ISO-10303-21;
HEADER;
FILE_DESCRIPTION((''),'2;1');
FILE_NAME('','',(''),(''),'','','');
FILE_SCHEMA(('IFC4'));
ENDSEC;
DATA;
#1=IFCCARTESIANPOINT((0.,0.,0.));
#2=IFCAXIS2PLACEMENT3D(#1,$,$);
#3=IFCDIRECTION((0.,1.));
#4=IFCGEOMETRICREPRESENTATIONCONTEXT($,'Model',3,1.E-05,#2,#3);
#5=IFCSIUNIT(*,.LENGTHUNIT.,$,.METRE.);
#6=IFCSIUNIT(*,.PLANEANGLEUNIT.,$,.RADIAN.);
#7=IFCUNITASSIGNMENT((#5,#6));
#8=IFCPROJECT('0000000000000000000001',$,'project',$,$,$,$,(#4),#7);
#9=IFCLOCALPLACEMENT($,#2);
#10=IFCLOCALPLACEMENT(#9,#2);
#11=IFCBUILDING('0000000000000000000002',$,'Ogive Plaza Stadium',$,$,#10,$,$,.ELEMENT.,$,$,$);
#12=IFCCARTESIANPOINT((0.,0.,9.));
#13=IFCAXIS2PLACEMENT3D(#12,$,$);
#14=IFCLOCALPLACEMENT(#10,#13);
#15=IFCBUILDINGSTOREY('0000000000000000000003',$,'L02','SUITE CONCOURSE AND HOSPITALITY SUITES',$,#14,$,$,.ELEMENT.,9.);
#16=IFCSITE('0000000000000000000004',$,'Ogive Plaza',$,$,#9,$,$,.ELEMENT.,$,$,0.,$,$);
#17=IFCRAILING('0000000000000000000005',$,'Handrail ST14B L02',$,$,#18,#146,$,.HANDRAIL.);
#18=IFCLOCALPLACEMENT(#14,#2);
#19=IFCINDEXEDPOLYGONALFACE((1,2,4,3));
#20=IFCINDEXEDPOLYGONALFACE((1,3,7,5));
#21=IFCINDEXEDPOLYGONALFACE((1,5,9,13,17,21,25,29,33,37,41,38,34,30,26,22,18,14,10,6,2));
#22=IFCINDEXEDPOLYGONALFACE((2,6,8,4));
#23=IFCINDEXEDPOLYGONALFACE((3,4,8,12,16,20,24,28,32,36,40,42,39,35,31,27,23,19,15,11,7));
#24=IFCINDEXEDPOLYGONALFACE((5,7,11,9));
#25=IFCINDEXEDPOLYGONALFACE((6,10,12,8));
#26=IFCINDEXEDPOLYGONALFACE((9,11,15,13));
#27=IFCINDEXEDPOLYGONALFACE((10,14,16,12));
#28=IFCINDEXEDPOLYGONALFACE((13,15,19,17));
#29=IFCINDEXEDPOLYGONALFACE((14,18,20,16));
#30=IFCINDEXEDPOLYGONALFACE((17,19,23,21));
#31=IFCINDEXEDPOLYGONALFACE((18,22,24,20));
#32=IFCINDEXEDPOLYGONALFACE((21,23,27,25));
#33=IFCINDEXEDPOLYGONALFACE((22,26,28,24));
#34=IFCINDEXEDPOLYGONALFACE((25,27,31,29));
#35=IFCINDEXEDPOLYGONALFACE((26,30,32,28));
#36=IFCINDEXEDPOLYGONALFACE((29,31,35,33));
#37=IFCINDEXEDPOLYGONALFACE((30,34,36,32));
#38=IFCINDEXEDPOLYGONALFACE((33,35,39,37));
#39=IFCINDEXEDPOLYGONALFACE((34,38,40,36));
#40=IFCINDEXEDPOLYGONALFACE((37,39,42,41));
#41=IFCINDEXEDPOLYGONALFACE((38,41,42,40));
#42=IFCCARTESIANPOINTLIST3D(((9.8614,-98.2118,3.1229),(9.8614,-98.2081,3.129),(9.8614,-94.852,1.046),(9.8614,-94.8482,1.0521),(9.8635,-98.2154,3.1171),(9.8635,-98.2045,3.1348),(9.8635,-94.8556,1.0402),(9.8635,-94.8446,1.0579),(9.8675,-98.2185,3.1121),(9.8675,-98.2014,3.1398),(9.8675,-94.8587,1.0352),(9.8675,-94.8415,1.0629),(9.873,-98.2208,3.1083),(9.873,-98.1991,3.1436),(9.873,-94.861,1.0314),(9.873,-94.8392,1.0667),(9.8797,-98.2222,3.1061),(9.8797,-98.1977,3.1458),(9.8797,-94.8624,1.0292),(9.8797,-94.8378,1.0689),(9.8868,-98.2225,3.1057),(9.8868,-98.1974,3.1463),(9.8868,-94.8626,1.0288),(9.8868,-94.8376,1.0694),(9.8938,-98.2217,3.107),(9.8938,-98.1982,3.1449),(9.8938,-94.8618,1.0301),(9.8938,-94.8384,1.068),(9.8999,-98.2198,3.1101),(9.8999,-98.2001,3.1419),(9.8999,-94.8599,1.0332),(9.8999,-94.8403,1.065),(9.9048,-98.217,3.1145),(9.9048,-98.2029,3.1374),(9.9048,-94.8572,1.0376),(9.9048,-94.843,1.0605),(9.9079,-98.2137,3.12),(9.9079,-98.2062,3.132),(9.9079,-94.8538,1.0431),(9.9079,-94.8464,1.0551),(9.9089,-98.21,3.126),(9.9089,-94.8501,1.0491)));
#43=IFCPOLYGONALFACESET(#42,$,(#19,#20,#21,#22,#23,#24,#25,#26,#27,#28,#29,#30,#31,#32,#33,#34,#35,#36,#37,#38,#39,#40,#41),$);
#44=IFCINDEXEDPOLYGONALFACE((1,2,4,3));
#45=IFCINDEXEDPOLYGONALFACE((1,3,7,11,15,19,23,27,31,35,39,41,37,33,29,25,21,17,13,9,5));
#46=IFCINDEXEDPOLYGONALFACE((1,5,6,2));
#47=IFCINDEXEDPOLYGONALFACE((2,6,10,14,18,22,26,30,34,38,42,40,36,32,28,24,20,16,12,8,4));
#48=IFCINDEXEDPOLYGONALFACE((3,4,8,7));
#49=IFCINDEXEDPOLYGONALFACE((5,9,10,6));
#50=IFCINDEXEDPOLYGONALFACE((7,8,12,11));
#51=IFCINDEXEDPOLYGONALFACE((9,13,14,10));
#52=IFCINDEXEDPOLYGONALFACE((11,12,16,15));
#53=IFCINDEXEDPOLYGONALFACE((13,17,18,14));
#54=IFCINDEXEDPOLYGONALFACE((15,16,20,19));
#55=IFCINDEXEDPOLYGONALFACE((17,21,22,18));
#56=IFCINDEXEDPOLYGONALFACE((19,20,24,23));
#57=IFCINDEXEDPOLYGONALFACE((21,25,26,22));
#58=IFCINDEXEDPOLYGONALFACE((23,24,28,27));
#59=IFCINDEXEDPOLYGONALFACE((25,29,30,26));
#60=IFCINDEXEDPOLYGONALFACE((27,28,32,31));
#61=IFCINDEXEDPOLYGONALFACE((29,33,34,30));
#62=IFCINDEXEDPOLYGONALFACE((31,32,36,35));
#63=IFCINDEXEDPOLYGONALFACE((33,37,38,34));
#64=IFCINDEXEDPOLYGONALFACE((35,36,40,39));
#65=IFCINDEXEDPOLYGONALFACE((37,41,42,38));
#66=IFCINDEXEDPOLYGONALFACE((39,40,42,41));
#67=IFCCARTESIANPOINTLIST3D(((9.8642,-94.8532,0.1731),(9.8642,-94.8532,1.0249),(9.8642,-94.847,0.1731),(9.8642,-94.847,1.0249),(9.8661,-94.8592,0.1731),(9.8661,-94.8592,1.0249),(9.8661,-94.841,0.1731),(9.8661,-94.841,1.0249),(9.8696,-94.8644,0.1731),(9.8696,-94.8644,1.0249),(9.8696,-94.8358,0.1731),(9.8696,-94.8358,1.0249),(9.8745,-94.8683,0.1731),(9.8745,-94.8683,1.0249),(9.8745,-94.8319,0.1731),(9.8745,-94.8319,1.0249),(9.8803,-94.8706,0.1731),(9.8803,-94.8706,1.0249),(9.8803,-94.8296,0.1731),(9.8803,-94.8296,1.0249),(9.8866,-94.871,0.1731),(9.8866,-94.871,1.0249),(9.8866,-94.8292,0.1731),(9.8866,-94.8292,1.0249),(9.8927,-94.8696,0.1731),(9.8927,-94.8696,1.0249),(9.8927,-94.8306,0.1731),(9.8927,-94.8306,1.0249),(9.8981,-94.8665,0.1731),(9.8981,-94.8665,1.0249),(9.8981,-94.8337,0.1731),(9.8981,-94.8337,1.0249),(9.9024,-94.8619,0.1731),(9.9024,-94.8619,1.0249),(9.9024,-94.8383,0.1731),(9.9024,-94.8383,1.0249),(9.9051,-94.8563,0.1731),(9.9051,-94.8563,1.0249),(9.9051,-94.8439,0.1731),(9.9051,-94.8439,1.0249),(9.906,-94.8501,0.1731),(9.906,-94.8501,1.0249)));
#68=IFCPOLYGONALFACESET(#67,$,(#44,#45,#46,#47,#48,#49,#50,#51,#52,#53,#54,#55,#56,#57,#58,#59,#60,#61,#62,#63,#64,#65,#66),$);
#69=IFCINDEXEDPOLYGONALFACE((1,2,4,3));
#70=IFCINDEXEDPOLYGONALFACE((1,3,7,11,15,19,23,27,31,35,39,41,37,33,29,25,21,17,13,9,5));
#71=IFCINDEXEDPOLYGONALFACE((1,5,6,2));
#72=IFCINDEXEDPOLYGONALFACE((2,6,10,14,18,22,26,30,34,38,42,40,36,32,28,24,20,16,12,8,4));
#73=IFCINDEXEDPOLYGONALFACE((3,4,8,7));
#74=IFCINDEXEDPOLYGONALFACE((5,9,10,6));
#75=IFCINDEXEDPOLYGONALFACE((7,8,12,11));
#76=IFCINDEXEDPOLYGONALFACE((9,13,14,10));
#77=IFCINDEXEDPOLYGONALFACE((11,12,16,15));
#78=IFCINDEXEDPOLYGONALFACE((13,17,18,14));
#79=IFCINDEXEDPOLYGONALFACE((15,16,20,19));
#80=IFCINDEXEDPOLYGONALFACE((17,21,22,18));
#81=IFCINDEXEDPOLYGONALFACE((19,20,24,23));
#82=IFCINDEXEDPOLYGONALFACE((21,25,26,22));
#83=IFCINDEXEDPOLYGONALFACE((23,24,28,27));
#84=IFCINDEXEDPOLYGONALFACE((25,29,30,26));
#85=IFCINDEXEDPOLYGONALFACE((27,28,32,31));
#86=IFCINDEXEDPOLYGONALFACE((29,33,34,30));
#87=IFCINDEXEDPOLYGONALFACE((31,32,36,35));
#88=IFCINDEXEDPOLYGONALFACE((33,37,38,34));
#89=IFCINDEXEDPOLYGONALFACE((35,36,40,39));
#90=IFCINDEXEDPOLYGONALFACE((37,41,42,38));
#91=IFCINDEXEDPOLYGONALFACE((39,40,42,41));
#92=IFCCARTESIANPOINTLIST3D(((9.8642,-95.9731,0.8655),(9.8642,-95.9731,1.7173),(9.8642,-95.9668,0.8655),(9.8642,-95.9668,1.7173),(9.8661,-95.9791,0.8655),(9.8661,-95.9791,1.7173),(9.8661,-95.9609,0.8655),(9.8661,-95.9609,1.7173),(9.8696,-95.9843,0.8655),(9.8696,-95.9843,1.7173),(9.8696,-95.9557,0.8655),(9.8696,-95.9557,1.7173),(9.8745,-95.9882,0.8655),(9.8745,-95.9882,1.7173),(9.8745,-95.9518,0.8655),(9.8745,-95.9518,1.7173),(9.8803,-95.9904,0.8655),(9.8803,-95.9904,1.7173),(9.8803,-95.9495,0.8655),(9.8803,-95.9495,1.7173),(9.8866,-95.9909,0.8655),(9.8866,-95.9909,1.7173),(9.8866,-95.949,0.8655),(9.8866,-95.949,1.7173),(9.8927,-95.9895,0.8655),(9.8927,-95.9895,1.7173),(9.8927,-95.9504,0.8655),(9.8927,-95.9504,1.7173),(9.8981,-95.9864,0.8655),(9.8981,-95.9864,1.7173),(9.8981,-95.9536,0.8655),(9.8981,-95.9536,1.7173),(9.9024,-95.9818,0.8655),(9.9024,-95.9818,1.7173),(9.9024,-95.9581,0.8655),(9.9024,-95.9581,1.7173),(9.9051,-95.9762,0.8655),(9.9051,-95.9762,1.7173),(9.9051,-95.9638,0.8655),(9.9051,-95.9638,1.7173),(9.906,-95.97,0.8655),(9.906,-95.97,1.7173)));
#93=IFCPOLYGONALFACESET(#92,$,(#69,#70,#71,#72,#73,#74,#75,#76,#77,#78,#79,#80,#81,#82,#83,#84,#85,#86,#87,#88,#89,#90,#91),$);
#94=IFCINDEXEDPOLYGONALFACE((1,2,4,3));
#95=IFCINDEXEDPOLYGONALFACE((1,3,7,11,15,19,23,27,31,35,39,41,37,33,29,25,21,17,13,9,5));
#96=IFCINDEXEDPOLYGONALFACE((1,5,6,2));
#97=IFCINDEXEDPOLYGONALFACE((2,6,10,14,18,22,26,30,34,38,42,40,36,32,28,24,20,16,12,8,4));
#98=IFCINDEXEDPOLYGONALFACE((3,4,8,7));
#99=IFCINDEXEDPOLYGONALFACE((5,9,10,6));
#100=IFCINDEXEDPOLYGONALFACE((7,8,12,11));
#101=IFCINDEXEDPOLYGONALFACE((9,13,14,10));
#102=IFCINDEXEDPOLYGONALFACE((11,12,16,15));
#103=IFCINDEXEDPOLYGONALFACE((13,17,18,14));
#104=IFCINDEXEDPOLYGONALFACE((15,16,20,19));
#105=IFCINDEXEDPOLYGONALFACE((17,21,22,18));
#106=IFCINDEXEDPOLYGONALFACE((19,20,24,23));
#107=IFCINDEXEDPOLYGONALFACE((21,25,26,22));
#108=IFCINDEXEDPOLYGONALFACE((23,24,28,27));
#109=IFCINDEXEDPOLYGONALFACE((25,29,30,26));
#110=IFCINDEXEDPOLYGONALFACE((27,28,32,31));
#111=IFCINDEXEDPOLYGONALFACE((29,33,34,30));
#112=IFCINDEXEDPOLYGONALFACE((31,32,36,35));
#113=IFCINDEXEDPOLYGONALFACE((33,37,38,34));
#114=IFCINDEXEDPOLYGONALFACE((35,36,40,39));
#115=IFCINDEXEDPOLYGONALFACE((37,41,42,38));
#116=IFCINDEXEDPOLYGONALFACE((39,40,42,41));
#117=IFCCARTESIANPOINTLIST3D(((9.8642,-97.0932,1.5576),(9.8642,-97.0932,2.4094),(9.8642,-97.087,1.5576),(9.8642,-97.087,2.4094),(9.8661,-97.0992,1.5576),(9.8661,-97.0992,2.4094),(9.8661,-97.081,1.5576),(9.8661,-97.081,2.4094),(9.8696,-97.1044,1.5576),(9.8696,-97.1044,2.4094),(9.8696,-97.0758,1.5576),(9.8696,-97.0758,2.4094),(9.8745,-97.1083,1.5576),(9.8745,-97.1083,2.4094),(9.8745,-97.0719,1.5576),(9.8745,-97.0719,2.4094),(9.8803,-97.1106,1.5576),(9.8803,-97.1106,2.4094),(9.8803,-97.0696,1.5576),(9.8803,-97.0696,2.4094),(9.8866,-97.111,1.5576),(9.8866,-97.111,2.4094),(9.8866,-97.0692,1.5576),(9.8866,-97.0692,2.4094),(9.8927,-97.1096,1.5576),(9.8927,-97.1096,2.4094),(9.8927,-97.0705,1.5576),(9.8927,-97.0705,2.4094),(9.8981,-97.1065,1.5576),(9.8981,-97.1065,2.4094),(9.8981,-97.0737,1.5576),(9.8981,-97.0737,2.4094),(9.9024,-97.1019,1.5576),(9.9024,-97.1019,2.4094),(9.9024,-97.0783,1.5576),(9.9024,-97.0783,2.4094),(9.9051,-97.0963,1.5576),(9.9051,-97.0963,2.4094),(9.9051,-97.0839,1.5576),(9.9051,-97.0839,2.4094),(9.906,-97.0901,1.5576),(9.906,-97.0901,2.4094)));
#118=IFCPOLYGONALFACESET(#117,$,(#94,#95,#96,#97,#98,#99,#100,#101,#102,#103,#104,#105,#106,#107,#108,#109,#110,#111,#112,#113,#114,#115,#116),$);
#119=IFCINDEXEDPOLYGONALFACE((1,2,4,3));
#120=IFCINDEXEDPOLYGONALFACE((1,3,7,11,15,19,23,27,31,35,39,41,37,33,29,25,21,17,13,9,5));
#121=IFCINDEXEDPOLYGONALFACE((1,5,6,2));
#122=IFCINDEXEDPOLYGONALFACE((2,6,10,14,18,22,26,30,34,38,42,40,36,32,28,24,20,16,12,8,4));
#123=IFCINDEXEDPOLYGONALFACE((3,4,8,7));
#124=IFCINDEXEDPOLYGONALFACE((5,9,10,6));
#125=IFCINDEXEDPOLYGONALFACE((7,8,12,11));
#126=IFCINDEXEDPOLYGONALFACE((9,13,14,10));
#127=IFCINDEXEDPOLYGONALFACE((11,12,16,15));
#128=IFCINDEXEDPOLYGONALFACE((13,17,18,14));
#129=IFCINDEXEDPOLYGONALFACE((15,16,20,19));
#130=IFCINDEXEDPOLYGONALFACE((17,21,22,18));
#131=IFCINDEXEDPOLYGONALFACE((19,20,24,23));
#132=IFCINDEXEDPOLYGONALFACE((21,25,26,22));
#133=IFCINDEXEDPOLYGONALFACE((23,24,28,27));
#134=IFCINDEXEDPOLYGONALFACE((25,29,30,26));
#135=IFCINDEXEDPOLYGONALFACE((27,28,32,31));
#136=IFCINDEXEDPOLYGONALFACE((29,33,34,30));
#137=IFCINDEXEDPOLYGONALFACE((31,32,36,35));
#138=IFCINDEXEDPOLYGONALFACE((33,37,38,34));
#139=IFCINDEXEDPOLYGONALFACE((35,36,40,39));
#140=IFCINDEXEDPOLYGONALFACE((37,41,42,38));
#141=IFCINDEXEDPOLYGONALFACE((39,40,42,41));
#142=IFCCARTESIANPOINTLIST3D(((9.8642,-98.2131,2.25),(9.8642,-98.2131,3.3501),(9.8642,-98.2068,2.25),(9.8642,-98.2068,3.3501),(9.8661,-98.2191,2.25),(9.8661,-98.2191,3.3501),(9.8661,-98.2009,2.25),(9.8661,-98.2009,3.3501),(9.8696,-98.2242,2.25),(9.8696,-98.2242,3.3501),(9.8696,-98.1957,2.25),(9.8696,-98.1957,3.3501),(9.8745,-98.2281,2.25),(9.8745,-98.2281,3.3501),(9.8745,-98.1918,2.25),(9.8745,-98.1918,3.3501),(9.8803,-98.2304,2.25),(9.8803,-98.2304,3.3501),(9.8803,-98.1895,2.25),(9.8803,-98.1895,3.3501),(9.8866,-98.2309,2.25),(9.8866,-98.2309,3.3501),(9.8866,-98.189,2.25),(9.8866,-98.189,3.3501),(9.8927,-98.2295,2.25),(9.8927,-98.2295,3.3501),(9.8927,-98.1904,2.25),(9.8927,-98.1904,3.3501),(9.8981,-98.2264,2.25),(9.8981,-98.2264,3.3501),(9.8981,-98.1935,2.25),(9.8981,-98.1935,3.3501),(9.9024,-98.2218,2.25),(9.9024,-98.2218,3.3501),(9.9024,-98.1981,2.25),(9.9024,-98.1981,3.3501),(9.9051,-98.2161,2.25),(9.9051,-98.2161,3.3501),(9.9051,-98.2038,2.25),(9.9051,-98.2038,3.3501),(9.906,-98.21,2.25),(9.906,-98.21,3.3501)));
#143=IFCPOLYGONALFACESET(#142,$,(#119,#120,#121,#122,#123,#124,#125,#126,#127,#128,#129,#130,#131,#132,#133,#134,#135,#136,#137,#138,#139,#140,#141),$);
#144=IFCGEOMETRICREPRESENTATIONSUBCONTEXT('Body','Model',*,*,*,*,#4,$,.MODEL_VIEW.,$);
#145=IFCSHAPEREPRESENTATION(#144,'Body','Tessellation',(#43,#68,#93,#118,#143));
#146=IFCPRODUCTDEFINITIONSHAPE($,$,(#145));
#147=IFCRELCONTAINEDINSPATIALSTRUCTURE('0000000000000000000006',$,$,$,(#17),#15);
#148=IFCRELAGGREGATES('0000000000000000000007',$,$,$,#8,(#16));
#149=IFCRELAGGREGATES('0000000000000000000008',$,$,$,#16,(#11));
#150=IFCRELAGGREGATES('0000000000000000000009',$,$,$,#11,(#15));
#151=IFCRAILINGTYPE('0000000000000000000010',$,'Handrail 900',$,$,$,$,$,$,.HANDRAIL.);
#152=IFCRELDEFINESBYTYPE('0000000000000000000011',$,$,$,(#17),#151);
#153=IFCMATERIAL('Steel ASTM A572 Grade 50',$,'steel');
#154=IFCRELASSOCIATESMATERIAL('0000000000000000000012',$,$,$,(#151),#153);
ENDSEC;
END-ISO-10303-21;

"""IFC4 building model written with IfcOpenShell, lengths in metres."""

from ifc_helpers import new_model, si_unit, direction, frame, origin, origin_2d, place, context, subcontext, project, spatial, circle, extrude, material, type_object, element, save


model = new_model("IFC4")

# Units and contexts
model_context = context("Model", 3, precision=1e-05, world=origin(), true_north=direction((0.0, 1.0)))
body_context = subcontext(model_context, "Body", "Model", "MODEL_VIEW")
ifc_project = project(units=[si_unit("LENGTHUNIT", "METRE"), si_unit("PLANEANGLEUNIT", "RADIAN")], contexts=[model_context])

# Site, building, storey
site_placement = place(None, origin())
site = spatial("IfcSite", under=ifc_project, at=site_placement, Name="Ogive Plaza", CompositionType="ELEMENT", RefElevation=0.0)
building_placement = place(site_placement, origin())
building = spatial("IfcBuilding", under=site, at=building_placement, Name="Ogive Plaza Stadium", CompositionType="ELEMENT")
storey_placement = place(building_placement, frame((0.0, 0.0, 9.0)))
storey = spatial("IfcBuildingStorey", under=building, at=storey_placement, Name="L02", Description="SUITE CONCOURSE AND HOSPITALITY SUITES", CompositionType="ELEMENT", Elevation=9.0)

# Railing
ifc_material_1 = material(Name="Steel ASTM A572 Grade 50", Category="steel")
railing_type_1 = type_object("IfcRailingType", Name="Handrail 900", PredefinedType="HANDRAIL", material=ifc_material_1)
for number, where, name in (
    (1, (9.885, -94.8501, 0.1731), "Handrail ST14B L02"),
):
    element("IfcRailing", number, at=place(storey_placement, frame(where)), inside=storey, type_object=railing_type_1, Name=name, PredefinedType="HANDRAIL", context=body_context, shape_type="SweptSolid", body=[
        extrude(circle(Radius=0.0239, at=origin_2d()), frame((0.0, 0.0, 0.876), z_axis=(0.0, -0.850606, 0.525803), x_axis=(1.0, 0.0, 0.0)), (0.0, 0.0, 1.0), 3.95),
        extrude(circle(Radius=0.021, at=origin_2d()), origin(), (0.0, 0.0, 1.0), 0.8518),
        extrude(circle(Radius=0.021, at=origin_2d()), frame((0.0, -1.1199, 0.6924)), (0.0, 0.0, 1.0), 0.8518),
        extrude(circle(Radius=0.021, at=origin_2d()), frame((0.0, -2.24, 1.3845)), (0.0, 0.0, 1.0), 0.8518),
        extrude(circle(Radius=0.021, at=origin_2d()), frame((0.0, -3.3599, 2.0769)), (0.0, 0.0, 1.0), 1.1001),
    ])

save(model, "model.ifc")
